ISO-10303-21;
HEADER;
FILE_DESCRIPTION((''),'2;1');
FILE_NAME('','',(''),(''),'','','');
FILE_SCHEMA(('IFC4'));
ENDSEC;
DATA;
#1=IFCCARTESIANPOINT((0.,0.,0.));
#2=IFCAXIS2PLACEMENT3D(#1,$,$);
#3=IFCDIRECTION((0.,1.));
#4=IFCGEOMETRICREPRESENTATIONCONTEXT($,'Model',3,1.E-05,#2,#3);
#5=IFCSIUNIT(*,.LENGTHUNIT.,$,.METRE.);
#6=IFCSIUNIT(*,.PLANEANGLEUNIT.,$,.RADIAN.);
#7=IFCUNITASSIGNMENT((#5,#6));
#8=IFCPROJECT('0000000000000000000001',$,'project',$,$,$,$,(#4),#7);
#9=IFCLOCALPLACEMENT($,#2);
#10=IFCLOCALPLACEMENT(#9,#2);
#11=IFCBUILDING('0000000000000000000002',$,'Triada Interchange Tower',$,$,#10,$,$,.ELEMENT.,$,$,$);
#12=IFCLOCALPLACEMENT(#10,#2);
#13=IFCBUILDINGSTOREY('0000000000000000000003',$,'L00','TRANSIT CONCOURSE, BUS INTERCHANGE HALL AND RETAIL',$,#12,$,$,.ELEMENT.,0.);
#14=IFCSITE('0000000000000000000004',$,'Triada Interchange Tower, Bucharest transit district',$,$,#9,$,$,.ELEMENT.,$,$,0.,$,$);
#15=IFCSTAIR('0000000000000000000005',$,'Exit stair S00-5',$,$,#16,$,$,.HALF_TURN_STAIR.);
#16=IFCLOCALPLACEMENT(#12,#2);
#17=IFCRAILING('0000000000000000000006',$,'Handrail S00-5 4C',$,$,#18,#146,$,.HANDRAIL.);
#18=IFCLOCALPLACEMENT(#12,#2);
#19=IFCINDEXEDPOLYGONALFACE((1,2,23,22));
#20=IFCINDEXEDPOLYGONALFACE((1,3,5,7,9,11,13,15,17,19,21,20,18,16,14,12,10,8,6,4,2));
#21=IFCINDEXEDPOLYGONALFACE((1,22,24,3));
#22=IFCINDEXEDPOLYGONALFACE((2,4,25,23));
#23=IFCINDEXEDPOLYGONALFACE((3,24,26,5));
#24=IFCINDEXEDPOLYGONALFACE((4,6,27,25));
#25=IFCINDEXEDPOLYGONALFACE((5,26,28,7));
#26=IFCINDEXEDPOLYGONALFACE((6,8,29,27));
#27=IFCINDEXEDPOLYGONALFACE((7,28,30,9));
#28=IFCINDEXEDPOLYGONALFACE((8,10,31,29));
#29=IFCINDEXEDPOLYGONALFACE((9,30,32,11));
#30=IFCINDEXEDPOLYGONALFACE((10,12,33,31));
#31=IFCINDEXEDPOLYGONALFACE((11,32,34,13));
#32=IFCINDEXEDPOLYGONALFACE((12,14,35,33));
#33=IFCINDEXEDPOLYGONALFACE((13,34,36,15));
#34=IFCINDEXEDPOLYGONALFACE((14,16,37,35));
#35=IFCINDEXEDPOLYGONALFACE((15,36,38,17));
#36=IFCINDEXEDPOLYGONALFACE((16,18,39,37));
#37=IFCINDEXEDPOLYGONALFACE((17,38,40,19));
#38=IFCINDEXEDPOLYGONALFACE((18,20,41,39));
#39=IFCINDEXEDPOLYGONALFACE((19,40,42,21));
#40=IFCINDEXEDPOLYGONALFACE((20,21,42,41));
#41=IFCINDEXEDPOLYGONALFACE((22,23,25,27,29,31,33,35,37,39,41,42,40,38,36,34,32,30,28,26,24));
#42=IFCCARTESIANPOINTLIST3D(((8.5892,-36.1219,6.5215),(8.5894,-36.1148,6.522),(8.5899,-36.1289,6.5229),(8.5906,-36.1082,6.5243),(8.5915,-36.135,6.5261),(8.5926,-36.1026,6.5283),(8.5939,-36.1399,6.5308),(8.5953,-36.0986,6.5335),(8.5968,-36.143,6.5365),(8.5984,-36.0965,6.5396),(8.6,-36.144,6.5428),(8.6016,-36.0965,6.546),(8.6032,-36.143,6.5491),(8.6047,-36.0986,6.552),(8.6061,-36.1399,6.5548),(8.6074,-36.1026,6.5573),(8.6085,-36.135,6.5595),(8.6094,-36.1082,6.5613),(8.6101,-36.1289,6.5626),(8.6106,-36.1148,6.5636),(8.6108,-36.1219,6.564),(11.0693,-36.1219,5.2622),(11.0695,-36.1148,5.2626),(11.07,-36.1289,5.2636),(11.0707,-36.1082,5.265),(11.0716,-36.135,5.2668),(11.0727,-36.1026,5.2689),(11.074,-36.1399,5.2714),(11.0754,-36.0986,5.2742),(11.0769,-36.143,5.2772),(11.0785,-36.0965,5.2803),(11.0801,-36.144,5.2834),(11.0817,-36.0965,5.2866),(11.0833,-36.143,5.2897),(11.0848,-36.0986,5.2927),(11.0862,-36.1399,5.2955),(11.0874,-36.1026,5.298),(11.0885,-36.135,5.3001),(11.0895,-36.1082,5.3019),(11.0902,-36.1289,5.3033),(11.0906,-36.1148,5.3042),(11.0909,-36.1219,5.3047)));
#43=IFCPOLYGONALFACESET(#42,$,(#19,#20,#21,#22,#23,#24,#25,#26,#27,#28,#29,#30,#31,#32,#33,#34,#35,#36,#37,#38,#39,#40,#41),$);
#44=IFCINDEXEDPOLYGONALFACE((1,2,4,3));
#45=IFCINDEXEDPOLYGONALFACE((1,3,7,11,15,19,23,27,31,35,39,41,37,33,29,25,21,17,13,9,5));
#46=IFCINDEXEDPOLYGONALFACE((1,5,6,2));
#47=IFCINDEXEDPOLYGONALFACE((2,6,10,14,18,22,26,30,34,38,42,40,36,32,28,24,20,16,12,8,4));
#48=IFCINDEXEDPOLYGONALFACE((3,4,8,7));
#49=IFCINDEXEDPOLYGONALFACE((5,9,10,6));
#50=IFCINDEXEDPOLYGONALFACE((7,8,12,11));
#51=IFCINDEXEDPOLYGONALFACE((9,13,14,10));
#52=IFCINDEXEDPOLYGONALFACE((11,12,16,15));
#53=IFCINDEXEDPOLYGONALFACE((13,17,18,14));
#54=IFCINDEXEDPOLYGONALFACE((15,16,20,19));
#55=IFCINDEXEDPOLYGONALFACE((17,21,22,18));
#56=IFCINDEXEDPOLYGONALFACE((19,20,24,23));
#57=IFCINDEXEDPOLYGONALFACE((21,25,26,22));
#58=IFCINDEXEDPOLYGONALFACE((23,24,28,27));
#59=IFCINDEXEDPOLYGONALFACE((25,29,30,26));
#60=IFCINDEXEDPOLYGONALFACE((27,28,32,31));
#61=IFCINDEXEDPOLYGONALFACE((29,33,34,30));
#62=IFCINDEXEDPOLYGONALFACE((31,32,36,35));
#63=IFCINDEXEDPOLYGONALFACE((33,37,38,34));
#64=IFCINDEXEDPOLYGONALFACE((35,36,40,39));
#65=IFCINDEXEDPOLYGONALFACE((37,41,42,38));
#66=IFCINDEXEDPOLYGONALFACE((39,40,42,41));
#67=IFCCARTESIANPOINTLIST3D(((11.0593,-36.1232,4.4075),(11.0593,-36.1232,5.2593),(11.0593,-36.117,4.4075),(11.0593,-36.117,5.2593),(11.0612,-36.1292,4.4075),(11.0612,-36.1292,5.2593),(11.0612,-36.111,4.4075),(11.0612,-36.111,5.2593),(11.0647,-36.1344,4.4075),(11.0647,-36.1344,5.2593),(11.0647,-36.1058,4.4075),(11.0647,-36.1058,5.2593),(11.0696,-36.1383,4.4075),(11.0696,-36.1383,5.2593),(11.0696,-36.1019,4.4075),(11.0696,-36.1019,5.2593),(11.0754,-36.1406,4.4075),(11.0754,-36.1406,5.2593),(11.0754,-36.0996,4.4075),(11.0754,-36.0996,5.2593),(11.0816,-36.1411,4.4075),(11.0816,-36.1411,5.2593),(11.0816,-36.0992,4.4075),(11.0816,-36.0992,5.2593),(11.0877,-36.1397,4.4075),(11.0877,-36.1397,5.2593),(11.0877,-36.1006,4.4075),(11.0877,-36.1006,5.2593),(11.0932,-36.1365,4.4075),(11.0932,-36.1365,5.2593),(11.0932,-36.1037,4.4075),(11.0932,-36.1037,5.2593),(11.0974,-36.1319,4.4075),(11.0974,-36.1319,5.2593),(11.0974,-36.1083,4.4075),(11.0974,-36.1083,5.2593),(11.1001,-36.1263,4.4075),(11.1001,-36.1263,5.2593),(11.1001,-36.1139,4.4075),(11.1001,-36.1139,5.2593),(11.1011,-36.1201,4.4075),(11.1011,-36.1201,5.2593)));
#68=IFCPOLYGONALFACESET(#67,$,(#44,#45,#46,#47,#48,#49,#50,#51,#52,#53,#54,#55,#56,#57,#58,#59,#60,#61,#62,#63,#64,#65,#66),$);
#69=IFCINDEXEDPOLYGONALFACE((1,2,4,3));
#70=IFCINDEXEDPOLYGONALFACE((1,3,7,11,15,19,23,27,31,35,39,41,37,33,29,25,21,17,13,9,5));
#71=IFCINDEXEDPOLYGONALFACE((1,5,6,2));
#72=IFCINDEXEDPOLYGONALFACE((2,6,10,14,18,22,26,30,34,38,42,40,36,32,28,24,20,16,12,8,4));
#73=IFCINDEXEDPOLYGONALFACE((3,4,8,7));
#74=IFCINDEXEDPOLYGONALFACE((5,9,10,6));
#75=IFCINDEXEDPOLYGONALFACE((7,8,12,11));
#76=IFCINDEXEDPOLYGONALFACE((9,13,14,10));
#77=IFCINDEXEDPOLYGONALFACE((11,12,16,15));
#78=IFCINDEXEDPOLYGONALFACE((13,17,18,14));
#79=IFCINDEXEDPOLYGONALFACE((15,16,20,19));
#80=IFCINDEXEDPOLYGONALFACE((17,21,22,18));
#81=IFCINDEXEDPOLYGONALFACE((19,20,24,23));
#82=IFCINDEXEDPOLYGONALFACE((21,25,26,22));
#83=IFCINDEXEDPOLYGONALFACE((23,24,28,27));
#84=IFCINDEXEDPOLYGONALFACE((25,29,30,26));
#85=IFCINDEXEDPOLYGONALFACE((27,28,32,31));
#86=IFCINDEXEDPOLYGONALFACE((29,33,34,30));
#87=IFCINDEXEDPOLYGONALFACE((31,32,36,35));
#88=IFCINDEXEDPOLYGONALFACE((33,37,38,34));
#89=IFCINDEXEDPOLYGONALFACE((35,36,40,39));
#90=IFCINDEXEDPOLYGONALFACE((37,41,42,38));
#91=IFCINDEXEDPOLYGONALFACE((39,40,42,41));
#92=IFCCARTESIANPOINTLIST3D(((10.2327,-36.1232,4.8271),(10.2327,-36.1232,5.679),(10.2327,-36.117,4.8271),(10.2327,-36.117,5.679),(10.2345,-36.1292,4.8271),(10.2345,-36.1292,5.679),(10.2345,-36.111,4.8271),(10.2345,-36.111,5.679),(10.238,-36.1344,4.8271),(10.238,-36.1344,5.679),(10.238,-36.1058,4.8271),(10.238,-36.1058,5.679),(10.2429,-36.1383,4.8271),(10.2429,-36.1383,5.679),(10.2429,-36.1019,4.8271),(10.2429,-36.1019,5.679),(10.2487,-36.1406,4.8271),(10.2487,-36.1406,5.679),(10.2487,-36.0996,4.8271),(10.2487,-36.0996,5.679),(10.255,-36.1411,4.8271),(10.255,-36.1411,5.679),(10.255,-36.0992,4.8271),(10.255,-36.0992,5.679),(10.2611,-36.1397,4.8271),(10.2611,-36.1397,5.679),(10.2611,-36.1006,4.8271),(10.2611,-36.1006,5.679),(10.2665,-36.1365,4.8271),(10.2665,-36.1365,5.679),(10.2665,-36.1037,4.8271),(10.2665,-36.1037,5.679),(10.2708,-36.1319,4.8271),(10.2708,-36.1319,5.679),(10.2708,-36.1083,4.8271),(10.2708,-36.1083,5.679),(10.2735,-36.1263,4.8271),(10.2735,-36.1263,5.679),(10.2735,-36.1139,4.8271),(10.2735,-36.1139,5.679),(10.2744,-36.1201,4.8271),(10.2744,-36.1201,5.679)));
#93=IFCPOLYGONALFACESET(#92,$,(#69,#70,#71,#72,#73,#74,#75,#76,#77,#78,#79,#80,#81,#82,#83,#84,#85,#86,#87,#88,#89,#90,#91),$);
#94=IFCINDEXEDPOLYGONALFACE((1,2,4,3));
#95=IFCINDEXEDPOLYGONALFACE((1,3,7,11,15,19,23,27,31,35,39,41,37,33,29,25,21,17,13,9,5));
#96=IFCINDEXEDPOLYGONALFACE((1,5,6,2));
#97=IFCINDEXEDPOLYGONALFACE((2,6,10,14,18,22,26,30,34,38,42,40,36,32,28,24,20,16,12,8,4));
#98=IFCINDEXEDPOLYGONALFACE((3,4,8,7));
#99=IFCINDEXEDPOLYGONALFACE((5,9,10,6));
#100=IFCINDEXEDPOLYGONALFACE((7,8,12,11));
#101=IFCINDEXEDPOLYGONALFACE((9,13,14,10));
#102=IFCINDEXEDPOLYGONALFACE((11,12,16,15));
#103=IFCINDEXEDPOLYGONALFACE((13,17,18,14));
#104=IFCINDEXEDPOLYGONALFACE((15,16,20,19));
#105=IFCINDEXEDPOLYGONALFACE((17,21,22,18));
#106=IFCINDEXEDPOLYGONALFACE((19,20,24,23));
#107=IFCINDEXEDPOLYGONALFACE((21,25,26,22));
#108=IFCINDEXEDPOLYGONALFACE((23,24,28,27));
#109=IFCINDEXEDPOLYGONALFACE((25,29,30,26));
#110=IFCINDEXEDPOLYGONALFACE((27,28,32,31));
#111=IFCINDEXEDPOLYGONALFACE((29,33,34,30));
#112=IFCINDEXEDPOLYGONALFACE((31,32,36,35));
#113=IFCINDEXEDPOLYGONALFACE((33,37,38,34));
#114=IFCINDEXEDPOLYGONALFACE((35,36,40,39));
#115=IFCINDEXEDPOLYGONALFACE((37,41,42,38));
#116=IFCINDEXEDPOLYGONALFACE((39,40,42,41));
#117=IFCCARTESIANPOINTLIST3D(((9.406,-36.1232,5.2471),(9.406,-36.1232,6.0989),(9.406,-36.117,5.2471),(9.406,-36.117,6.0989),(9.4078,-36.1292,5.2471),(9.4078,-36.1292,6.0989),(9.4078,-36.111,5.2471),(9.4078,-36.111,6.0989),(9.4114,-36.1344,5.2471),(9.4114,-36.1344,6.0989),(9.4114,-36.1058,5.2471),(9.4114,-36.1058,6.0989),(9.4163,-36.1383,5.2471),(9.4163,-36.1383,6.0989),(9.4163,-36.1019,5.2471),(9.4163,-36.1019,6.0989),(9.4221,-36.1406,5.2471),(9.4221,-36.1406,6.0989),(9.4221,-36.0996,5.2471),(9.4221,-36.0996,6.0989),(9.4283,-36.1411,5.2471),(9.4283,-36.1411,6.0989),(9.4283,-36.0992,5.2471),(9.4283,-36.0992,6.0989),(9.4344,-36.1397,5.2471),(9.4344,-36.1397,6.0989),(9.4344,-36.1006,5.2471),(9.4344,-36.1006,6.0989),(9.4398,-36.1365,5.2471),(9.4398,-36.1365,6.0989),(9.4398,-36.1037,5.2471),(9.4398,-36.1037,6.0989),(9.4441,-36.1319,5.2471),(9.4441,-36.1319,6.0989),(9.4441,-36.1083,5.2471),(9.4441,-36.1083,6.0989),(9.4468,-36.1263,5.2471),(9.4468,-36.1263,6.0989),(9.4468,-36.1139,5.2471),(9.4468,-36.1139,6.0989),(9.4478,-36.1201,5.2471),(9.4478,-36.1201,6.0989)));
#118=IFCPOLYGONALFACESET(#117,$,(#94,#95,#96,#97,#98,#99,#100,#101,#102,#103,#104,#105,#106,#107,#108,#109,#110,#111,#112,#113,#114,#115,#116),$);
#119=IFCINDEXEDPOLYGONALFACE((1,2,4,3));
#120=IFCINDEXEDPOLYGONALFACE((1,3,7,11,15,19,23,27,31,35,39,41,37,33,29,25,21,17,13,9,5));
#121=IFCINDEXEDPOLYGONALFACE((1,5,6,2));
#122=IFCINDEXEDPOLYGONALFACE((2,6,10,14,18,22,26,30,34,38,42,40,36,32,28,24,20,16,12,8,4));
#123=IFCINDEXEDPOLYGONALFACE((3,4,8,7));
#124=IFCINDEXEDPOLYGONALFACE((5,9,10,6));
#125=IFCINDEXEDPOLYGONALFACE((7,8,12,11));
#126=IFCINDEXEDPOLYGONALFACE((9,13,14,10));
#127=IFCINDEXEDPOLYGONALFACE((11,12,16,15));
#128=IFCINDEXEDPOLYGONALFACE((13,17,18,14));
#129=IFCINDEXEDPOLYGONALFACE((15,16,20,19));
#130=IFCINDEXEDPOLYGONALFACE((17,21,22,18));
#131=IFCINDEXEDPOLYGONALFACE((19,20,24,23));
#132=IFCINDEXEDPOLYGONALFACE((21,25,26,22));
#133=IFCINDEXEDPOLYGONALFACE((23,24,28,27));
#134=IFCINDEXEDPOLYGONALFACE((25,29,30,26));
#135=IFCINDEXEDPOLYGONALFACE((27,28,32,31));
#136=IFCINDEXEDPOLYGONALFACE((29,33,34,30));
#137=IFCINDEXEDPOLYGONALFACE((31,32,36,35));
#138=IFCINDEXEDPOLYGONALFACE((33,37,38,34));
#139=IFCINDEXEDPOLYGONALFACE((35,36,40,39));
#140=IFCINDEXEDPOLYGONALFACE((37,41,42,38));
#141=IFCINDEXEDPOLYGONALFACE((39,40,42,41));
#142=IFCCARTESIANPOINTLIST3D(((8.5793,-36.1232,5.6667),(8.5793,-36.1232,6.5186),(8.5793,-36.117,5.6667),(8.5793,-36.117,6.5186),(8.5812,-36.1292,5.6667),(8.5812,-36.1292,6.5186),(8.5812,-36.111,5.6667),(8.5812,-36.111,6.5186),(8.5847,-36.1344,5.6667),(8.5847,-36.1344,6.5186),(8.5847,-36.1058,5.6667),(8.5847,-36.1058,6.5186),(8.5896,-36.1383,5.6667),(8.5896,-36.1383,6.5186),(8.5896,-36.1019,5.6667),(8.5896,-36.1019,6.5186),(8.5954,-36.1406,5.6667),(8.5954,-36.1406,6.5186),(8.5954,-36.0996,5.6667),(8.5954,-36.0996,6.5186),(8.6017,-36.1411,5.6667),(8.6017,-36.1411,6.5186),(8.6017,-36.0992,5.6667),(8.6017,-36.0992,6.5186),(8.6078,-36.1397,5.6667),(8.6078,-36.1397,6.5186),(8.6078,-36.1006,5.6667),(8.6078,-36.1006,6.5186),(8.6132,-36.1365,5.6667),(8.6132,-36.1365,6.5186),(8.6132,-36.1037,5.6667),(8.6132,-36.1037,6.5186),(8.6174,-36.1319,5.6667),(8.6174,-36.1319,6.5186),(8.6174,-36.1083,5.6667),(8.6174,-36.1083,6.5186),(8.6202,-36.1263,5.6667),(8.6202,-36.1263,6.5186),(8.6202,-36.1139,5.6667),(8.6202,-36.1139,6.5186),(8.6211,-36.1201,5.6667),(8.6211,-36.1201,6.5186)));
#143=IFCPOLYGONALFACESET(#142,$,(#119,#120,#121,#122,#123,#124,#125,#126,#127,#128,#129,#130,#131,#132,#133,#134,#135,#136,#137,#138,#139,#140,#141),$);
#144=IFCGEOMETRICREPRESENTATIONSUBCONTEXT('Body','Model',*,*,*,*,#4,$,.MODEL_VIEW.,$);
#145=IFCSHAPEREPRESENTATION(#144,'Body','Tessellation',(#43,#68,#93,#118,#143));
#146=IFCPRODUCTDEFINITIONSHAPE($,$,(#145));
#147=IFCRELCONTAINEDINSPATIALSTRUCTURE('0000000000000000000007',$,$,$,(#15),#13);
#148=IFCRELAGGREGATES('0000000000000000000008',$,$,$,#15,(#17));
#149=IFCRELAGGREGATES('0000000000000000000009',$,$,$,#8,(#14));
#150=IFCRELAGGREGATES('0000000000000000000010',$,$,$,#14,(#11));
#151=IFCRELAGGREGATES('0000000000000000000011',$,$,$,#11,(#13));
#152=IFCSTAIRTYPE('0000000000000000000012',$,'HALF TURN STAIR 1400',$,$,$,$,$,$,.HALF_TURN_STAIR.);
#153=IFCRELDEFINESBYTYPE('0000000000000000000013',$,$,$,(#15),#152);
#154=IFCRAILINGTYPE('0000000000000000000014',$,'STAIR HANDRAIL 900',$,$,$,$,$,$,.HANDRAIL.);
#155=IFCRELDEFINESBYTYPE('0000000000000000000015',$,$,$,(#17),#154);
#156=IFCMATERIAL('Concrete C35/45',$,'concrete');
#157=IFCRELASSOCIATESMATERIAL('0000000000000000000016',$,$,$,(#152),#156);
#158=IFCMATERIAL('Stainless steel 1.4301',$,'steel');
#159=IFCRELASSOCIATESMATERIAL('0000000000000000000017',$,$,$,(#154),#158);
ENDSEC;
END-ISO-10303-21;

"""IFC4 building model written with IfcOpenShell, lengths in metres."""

from ifc_helpers import new_model, si_unit, direction, frame, origin, origin_2d, place, context, subcontext, project, spatial, circle, extrude, material, type_object, element, aggregate, save


model = new_model("IFC4")

# Units and contexts
model_context = context("Model", 3, precision=1e-05, world=origin(), true_north=direction((0.0, 1.0)))
body_context = subcontext(model_context, "Body", "Model", "MODEL_VIEW")
ifc_project = project(units=[si_unit("LENGTHUNIT", "METRE"), si_unit("PLANEANGLEUNIT", "RADIAN")], contexts=[model_context])

# Site, building, storey
site_placement = place(None, origin())
site = spatial("IfcSite", under=ifc_project, at=site_placement, Name="Triada Interchange Tower, Bucharest transit district", CompositionType="ELEMENT", RefElevation=0.0)
building_placement = place(site_placement, origin())
building = spatial("IfcBuilding", under=site, at=building_placement, Name="Triada Interchange Tower", CompositionType="ELEMENT")
storey_placement = place(building_placement, origin())
storey = spatial("IfcBuildingStorey", under=building, at=storey_placement, Name="L00", Description="TRANSIT CONCOURSE, BUS INTERCHANGE HALL AND RETAIL", CompositionType="ELEMENT", Elevation=0.0)

# Shared definitions
ifc_material_1 = material(Name="Concrete C35/45", Category="concrete")

# Stair, railing
stair_type = type_object("IfcStairType", Name="HALF TURN STAIR 1400", PredefinedType="HALF_TURN_STAIR", material=ifc_material_1)
stair_1_placement = place(storey_placement, origin())
stair_1 = element("IfcStair", 1, at=stair_1_placement, inside=storey, type_object=stair_type, Name="Exit stair S00-5", PredefinedType="HALF_TURN_STAIR")
ifc_material_2 = material(Name="Stainless steel 1.4301", Category="steel")
railing_type_1 = type_object("IfcRailingType", Name="STAIR HANDRAIL 900", PredefinedType="HANDRAIL", material=ifc_material_2)
railing_1_placement = place(storey_placement, frame((11.0801, -36.1201, 4.4075)))
railing_1 = element("IfcRailing", 2, at=railing_1_placement, type_object=railing_type_1, Name="Handrail S00-5 4C", PredefinedType="HANDRAIL", context=body_context, shape_type="SweptSolid", body=[
    extrude(circle(Radius=0.0239, at=origin_2d()), frame((0.0, 0.0, 0.876), z_axis=(-0.891636, 0.0, 0.452752), x_axis=(0.0, -1.0, 0.0)), (0.0, 0.0, 1.0), 2.7815),
    extrude(circle(Radius=0.021, at=origin_2d()), origin(), (0.0, 0.0, 1.0), 0.8518),
    extrude(circle(Radius=0.021, at=origin_2d()), frame((-0.8267, 0.0, 0.4197)), (0.0, 0.0, 1.0), 0.8518),
    extrude(circle(Radius=0.021, at=origin_2d()), frame((-1.6533, 0.0, 0.8396)), (0.0, 0.0, 1.0), 0.8518),
    extrude(circle(Radius=0.021, at=origin_2d()), frame((-2.48, 0.0, 1.2593)), (0.0, 0.0, 1.0), 0.8518),
])
aggregate(stair_1, [railing_1])

save(model, "model.ifc")
